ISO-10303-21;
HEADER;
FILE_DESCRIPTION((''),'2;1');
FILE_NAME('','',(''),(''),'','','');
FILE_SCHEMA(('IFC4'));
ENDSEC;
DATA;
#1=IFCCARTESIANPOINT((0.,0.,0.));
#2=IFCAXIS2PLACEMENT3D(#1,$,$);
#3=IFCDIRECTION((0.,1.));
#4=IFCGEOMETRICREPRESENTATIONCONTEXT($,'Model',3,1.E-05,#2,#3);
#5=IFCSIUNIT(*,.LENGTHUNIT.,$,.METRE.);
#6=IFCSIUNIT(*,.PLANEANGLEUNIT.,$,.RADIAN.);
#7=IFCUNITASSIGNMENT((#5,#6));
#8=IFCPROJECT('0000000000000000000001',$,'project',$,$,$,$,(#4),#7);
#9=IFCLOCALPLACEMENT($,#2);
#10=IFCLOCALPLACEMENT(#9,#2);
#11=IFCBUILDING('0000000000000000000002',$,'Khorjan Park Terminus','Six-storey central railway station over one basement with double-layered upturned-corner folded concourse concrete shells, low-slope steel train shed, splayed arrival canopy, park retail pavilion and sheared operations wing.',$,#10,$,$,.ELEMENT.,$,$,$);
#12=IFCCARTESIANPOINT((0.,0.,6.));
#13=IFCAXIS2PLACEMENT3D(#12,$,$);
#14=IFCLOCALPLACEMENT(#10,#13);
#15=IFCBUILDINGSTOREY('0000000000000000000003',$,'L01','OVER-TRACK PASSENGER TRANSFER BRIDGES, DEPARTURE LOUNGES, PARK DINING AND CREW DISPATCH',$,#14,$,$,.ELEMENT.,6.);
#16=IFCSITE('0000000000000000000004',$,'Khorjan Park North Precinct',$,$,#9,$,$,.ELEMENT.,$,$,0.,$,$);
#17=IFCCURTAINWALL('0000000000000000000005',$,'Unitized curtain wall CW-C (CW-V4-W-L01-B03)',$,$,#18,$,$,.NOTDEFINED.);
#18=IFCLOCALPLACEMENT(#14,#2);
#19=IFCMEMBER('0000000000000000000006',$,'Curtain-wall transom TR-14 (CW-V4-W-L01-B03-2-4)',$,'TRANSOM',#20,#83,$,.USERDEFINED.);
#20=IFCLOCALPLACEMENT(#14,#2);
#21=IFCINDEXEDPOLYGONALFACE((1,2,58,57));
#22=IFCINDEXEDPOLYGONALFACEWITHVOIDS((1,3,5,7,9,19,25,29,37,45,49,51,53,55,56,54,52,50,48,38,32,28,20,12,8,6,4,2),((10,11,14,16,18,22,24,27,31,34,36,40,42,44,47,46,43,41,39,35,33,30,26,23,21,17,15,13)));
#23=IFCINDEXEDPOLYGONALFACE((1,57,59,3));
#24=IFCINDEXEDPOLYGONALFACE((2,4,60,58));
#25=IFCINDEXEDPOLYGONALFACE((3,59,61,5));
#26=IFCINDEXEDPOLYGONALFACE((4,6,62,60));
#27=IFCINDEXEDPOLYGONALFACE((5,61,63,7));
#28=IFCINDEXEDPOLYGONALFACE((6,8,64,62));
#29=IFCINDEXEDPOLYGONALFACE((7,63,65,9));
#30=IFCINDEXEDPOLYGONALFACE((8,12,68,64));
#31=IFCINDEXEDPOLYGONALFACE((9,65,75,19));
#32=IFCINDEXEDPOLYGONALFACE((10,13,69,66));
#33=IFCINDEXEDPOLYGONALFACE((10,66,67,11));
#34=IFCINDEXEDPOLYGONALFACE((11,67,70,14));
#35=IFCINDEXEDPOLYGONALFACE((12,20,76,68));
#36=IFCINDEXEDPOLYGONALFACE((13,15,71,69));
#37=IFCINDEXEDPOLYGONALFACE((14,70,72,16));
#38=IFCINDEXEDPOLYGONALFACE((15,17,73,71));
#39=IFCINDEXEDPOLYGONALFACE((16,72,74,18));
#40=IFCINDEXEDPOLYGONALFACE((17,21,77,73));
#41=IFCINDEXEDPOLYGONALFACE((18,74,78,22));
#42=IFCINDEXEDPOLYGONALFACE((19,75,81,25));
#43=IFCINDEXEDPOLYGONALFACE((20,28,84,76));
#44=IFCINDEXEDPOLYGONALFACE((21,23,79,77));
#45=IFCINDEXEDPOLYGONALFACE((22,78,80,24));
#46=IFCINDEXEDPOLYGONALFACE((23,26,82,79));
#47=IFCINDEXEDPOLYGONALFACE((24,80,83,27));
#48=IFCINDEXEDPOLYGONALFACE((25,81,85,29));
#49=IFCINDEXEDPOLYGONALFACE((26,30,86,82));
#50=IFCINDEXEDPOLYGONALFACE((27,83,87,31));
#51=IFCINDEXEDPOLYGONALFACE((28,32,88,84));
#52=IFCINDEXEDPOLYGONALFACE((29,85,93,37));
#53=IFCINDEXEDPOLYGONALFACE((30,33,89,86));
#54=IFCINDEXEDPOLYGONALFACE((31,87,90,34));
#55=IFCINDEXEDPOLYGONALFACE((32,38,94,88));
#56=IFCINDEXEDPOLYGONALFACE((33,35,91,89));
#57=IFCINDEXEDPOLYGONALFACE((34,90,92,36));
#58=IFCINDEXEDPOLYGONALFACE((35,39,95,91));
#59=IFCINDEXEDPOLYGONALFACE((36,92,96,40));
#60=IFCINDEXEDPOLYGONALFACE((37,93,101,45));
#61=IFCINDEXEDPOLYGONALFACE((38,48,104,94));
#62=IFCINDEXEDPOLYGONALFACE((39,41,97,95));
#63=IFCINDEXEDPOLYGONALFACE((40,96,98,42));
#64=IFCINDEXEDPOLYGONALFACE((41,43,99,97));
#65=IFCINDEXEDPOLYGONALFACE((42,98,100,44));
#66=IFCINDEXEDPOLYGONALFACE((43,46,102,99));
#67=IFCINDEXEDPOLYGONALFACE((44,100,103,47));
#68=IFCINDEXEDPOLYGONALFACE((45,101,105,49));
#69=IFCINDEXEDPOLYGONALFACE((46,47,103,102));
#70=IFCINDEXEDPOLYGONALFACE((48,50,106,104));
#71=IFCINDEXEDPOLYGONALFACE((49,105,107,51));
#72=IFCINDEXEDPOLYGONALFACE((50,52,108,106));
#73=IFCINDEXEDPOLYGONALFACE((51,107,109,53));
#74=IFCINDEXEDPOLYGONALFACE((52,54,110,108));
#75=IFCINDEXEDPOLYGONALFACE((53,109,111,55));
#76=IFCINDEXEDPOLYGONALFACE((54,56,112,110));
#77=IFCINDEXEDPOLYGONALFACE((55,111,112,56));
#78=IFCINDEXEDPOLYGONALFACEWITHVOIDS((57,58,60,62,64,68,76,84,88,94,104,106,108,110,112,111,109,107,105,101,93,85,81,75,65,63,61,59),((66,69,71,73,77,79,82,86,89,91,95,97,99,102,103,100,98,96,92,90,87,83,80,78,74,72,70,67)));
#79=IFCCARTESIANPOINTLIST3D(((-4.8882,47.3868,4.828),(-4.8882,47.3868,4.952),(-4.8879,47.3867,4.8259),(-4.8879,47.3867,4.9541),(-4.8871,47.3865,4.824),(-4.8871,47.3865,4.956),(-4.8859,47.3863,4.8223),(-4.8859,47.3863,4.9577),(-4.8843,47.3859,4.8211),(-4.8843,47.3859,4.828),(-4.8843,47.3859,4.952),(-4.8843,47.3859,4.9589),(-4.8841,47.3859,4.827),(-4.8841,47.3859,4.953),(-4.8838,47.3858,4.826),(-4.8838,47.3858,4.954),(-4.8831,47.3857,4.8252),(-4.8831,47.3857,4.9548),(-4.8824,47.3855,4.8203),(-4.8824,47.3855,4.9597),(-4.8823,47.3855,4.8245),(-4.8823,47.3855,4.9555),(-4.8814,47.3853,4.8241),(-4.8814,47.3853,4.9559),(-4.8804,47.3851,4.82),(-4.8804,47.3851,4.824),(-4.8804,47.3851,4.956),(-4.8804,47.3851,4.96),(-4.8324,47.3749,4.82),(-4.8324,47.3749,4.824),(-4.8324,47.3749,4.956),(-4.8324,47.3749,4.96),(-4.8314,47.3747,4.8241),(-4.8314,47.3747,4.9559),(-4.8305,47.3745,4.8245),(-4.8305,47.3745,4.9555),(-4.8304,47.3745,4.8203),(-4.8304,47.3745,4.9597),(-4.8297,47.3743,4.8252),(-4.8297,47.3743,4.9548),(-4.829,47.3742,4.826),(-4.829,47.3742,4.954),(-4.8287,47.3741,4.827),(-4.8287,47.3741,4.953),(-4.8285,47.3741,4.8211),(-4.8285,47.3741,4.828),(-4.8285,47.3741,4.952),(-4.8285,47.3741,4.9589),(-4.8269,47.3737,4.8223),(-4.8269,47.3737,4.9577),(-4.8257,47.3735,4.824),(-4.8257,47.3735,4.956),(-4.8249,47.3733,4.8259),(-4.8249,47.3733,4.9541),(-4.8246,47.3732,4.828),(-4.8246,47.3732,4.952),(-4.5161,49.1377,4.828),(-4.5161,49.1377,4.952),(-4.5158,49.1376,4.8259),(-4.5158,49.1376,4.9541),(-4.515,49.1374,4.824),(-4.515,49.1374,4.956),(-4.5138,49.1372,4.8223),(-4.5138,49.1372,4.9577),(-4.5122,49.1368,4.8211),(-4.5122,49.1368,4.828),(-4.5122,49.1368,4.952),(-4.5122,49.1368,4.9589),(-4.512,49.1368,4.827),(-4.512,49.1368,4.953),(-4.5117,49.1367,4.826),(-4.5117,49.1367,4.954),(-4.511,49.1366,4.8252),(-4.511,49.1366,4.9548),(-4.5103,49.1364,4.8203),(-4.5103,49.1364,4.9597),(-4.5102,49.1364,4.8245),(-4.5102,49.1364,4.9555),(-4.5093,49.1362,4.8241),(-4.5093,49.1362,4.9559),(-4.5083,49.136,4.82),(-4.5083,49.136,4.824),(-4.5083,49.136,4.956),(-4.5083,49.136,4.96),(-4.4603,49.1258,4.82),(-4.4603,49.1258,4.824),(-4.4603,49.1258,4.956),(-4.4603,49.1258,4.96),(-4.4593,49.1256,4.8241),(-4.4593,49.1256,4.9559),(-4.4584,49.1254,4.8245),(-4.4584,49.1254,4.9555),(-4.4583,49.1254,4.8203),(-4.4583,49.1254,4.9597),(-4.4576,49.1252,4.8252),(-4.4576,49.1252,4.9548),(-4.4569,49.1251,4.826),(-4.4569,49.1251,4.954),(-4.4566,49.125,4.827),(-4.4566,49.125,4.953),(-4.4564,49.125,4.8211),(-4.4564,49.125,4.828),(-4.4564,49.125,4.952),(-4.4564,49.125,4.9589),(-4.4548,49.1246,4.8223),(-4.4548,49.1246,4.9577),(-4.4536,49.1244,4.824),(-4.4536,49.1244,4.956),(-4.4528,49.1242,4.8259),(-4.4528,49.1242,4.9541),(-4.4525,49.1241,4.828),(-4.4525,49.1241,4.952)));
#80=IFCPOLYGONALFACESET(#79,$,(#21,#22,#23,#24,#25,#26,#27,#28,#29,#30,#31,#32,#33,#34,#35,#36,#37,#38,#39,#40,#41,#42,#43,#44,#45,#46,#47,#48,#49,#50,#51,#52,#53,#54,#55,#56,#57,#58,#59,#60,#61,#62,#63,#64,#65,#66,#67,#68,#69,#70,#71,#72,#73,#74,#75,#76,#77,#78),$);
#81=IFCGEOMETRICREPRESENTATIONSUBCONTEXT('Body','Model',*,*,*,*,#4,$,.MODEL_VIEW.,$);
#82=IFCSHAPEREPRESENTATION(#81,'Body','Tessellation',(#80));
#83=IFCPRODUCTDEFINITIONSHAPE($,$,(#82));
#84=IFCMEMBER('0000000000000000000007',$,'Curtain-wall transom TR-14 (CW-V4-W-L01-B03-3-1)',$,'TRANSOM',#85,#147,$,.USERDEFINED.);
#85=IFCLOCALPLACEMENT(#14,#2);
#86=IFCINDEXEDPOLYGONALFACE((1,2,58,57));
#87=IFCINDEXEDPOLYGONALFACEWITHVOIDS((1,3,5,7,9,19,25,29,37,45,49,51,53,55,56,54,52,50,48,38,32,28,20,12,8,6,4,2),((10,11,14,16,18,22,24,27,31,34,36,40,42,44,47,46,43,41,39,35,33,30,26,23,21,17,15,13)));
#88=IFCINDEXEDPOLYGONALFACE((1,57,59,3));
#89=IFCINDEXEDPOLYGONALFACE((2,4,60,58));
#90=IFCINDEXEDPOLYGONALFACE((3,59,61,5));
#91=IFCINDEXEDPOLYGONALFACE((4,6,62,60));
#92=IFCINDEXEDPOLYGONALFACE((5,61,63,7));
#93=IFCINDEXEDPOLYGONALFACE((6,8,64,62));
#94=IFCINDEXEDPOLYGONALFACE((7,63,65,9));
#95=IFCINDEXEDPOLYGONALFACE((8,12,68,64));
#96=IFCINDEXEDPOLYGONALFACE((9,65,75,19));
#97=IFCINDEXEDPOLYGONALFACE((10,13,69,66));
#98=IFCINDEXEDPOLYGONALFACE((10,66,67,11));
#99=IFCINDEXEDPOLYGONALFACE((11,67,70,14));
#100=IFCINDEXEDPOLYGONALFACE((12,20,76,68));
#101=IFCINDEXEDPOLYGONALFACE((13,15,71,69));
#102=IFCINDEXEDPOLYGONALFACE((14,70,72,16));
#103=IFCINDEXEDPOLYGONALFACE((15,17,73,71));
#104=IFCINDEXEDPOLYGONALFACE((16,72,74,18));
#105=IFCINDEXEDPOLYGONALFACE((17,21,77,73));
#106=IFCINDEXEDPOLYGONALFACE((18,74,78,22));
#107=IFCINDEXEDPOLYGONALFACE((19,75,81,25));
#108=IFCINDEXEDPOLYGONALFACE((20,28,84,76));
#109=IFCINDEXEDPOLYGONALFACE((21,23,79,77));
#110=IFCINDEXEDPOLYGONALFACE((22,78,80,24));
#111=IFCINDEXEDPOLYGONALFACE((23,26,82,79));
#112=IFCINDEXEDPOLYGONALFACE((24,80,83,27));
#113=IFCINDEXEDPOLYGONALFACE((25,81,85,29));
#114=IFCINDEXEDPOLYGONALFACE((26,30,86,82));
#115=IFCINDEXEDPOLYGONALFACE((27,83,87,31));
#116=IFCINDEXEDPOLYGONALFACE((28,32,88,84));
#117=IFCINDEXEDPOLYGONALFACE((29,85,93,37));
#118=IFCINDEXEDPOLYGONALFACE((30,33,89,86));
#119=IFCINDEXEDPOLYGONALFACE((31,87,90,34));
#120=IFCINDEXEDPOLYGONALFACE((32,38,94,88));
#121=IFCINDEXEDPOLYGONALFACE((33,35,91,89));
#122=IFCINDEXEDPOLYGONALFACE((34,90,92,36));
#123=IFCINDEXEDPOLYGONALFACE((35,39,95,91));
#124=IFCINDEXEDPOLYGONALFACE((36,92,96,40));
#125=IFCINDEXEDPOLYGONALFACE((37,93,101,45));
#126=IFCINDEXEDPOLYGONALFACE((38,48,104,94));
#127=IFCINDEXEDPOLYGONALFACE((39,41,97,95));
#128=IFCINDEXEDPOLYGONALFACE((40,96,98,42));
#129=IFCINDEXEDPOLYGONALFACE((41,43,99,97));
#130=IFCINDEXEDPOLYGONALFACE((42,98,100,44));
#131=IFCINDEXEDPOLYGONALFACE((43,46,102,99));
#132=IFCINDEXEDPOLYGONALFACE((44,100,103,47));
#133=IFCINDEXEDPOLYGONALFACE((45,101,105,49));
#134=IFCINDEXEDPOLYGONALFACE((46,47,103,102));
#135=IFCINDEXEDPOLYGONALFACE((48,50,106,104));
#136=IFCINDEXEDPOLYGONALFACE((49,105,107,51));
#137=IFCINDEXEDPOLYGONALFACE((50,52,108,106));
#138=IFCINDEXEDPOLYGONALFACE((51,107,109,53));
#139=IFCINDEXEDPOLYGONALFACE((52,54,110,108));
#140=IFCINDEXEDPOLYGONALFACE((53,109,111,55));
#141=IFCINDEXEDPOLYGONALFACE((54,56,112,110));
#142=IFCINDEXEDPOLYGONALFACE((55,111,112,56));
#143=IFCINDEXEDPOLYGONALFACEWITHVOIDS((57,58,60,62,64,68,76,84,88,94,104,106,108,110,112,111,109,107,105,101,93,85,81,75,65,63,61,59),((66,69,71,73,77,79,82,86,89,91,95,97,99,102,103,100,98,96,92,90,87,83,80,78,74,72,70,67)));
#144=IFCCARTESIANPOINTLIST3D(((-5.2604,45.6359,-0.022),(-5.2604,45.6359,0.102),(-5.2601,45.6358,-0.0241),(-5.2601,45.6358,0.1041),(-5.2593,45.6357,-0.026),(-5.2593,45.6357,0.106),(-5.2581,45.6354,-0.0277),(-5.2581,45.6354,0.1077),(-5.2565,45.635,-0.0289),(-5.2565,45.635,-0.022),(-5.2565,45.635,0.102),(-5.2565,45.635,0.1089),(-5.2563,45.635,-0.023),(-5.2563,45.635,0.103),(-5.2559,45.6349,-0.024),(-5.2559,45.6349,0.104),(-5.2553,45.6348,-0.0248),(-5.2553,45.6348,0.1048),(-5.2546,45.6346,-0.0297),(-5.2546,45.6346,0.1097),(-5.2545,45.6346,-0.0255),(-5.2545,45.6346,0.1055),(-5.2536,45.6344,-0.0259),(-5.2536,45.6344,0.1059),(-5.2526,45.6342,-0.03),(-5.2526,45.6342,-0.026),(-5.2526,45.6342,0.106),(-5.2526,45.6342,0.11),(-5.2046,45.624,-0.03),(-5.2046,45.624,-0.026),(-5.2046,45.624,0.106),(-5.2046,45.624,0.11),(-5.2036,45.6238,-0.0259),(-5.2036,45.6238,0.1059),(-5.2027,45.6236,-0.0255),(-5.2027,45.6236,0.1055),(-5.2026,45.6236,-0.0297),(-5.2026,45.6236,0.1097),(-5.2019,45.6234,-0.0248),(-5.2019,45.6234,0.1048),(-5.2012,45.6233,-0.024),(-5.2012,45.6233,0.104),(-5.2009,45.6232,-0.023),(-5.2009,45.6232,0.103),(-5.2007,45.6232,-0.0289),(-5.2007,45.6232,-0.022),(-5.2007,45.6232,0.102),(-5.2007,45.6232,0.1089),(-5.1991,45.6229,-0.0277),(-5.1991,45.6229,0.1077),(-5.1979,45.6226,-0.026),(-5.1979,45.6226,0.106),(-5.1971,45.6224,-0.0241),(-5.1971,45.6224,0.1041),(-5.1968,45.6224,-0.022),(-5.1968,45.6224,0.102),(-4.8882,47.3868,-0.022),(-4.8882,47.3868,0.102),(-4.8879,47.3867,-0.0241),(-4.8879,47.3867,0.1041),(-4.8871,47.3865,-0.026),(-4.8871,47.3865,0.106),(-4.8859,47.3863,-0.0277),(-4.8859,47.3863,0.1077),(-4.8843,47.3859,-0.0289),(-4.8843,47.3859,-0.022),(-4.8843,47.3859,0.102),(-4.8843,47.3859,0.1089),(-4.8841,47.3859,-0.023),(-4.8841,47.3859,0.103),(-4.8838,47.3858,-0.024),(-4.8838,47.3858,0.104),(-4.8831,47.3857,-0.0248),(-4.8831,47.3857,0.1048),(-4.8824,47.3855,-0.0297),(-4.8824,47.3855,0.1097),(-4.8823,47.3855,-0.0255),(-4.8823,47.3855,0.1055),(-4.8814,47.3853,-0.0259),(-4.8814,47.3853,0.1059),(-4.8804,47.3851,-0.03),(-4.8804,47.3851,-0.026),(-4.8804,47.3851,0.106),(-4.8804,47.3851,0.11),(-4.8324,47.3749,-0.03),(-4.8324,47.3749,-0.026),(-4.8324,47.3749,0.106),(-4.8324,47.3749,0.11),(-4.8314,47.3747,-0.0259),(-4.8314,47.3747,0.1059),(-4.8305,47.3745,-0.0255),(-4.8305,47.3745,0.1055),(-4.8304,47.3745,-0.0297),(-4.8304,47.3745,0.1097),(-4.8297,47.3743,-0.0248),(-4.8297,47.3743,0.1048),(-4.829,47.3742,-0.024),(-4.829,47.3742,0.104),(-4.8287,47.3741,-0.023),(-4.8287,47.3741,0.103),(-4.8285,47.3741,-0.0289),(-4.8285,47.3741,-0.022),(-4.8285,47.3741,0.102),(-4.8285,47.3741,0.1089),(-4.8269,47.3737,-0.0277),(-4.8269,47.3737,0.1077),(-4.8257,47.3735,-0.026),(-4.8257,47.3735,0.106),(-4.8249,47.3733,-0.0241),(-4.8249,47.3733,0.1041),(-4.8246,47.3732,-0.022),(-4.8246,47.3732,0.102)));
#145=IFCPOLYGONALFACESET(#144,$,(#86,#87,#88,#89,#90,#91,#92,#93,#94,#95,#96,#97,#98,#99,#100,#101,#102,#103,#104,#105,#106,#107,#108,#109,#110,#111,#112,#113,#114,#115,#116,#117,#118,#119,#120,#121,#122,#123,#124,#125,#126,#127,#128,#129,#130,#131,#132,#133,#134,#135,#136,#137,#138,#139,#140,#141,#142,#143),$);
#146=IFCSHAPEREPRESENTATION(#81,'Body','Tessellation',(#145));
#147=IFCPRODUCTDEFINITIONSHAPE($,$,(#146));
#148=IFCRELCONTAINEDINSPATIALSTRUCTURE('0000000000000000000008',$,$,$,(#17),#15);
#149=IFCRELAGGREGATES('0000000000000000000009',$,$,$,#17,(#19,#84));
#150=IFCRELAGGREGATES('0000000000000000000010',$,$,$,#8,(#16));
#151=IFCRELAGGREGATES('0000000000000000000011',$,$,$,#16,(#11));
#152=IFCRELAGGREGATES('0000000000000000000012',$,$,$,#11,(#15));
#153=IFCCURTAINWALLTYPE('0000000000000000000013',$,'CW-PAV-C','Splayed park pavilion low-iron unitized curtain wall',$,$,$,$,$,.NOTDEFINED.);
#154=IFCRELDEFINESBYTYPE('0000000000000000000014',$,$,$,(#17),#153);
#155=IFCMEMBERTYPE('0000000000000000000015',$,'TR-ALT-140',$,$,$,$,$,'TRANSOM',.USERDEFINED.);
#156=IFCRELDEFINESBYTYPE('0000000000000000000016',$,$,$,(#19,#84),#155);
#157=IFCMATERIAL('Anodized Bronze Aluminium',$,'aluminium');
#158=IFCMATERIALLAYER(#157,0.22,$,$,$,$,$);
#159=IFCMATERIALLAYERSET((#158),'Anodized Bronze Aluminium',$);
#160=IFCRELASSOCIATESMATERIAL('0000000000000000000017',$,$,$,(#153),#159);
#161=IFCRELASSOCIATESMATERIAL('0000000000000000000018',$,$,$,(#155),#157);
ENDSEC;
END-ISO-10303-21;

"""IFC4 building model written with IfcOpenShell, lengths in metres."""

from ifc_helpers import new_model, si_unit, direction, frame, origin, origin_2d, place, context, subcontext, project, spatial, hollow_rectangle, extrude, material, layer, layer_set, material_profile, profile_set, type_object, element, aggregate, save


model = new_model("IFC4")

# Units and contexts
model_context = context("Model", 3, precision=1e-05, world=origin(), true_north=direction((0.0, 1.0)))
body_context = subcontext(model_context, "Body", "Model", "MODEL_VIEW")
ifc_project = project(units=[si_unit("LENGTHUNIT", "METRE"), si_unit("PLANEANGLEUNIT", "RADIAN")], contexts=[model_context])

# Site, building, storey
site_placement = place(None, origin())
site = spatial("IfcSite", under=ifc_project, at=site_placement, Name="Khorjan Park North Precinct", CompositionType="ELEMENT", RefElevation=0.0)
building_placement = place(site_placement, origin())
building = spatial("IfcBuilding", under=site, at=building_placement, Name="Khorjan Park Terminus", Description="Six-storey central railway station over one basement with double-layered upturned-corner folded concourse concrete shells, low-slope steel train shed, splayed arrival canopy, park retail pavilion and sheared operations wing.", CompositionType="ELEMENT")
storey_placement = place(building_placement, frame((0.0, 0.0, 6.0)))
storey = spatial("IfcBuildingStorey", under=building, at=storey_placement, Name="L01", Description="OVER-TRACK PASSENGER TRANSFER BRIDGES, DEPARTURE LOUNGES, PARK DINING AND CREW DISPATCH", CompositionType="ELEMENT", Elevation=6.0)

# Curtain wall, members
ifc_material_1 = material(Name="Anodized Bronze Aluminium", Category="aluminium")
ifc_layer_1 = layer(ifc_material_1, 0.22)
ifc_layer_set_1 = layer_set([ifc_layer_1], Name="Anodized Bronze Aluminium")
curtain_wall_type = type_object("IfcCurtainWallType", Name="CW-PAV-C", Description="Splayed park pavilion low-iron unitized curtain wall", PredefinedType="NOTDEFINED", material=ifc_layer_set_1)
curtain_wall_placement = place(storey_placement, origin())
curtain_wall = element("IfcCurtainWall", 1, at=curtain_wall_placement, inside=storey, type_object=curtain_wall_type, Name="Unitized curtain wall CW-C (CW-V4-W-L01-B03)", PredefinedType="NOTDEFINED")
ifc_material_profile_1 = material_profile(ifc_material_1, hollow_rectangle(XDim=0.065, YDim=0.14, WallThickness=0.004, InnerFilletRadius=0.004, OuterFilletRadius=0.008, at=origin_2d()), Name="ALT 65x140x4")
ifc_profile_set_1 = profile_set([ifc_material_profile_1], Name="Anodized Bronze Aluminium")
member_type_1 = type_object("IfcMemberType", Name="TR-ALT-140", ElementType="TRANSOM", PredefinedType="USERDEFINED", material=ifc_profile_set_1)
member_1_placement = place(storey_placement, frame((-4.4843, 49.1309, 4.89), z_axis=(-0.207877, -0.978155, 0.0), x_axis=(0.978155, -0.207877, 0.0)))
member_1 = element("IfcMember", 2, at=member_1_placement, type_object=member_type_1, Name="Curtain-wall transom TR-14 (CW-V4-W-L01-B03-2-4)", ObjectType="TRANSOM", PredefinedType="USERDEFINED", context=body_context, shape_type="SweptSolid", body=[
    extrude(hollow_rectangle(XDim=0.065, YDim=0.14, WallThickness=0.004, InnerFilletRadius=0.004, OuterFilletRadius=0.008, at=origin_2d()), origin(), (0.0, 0.0, 1.0), 1.79),
])
member_2_placement = place(storey_placement, frame((-4.8564, 47.38, 0.04), z_axis=(-0.20793, -0.978144, 0.0), x_axis=(0.978144, -0.20793, 0.0)))
member_2 = element("IfcMember", 3, at=member_2_placement, type_object=member_type_1, Name="Curtain-wall transom TR-14 (CW-V4-W-L01-B03-3-1)", ObjectType="TRANSOM", PredefinedType="USERDEFINED", context=body_context, shape_type="SweptSolid", body=[
    extrude(hollow_rectangle(XDim=0.065, YDim=0.14, WallThickness=0.004, InnerFilletRadius=0.004, OuterFilletRadius=0.008, at=origin_2d()), origin(), (0.0, 0.0, 1.0), 1.79),
])
aggregate(curtain_wall, [member_1, member_2])

save(model, "model.ifc")
